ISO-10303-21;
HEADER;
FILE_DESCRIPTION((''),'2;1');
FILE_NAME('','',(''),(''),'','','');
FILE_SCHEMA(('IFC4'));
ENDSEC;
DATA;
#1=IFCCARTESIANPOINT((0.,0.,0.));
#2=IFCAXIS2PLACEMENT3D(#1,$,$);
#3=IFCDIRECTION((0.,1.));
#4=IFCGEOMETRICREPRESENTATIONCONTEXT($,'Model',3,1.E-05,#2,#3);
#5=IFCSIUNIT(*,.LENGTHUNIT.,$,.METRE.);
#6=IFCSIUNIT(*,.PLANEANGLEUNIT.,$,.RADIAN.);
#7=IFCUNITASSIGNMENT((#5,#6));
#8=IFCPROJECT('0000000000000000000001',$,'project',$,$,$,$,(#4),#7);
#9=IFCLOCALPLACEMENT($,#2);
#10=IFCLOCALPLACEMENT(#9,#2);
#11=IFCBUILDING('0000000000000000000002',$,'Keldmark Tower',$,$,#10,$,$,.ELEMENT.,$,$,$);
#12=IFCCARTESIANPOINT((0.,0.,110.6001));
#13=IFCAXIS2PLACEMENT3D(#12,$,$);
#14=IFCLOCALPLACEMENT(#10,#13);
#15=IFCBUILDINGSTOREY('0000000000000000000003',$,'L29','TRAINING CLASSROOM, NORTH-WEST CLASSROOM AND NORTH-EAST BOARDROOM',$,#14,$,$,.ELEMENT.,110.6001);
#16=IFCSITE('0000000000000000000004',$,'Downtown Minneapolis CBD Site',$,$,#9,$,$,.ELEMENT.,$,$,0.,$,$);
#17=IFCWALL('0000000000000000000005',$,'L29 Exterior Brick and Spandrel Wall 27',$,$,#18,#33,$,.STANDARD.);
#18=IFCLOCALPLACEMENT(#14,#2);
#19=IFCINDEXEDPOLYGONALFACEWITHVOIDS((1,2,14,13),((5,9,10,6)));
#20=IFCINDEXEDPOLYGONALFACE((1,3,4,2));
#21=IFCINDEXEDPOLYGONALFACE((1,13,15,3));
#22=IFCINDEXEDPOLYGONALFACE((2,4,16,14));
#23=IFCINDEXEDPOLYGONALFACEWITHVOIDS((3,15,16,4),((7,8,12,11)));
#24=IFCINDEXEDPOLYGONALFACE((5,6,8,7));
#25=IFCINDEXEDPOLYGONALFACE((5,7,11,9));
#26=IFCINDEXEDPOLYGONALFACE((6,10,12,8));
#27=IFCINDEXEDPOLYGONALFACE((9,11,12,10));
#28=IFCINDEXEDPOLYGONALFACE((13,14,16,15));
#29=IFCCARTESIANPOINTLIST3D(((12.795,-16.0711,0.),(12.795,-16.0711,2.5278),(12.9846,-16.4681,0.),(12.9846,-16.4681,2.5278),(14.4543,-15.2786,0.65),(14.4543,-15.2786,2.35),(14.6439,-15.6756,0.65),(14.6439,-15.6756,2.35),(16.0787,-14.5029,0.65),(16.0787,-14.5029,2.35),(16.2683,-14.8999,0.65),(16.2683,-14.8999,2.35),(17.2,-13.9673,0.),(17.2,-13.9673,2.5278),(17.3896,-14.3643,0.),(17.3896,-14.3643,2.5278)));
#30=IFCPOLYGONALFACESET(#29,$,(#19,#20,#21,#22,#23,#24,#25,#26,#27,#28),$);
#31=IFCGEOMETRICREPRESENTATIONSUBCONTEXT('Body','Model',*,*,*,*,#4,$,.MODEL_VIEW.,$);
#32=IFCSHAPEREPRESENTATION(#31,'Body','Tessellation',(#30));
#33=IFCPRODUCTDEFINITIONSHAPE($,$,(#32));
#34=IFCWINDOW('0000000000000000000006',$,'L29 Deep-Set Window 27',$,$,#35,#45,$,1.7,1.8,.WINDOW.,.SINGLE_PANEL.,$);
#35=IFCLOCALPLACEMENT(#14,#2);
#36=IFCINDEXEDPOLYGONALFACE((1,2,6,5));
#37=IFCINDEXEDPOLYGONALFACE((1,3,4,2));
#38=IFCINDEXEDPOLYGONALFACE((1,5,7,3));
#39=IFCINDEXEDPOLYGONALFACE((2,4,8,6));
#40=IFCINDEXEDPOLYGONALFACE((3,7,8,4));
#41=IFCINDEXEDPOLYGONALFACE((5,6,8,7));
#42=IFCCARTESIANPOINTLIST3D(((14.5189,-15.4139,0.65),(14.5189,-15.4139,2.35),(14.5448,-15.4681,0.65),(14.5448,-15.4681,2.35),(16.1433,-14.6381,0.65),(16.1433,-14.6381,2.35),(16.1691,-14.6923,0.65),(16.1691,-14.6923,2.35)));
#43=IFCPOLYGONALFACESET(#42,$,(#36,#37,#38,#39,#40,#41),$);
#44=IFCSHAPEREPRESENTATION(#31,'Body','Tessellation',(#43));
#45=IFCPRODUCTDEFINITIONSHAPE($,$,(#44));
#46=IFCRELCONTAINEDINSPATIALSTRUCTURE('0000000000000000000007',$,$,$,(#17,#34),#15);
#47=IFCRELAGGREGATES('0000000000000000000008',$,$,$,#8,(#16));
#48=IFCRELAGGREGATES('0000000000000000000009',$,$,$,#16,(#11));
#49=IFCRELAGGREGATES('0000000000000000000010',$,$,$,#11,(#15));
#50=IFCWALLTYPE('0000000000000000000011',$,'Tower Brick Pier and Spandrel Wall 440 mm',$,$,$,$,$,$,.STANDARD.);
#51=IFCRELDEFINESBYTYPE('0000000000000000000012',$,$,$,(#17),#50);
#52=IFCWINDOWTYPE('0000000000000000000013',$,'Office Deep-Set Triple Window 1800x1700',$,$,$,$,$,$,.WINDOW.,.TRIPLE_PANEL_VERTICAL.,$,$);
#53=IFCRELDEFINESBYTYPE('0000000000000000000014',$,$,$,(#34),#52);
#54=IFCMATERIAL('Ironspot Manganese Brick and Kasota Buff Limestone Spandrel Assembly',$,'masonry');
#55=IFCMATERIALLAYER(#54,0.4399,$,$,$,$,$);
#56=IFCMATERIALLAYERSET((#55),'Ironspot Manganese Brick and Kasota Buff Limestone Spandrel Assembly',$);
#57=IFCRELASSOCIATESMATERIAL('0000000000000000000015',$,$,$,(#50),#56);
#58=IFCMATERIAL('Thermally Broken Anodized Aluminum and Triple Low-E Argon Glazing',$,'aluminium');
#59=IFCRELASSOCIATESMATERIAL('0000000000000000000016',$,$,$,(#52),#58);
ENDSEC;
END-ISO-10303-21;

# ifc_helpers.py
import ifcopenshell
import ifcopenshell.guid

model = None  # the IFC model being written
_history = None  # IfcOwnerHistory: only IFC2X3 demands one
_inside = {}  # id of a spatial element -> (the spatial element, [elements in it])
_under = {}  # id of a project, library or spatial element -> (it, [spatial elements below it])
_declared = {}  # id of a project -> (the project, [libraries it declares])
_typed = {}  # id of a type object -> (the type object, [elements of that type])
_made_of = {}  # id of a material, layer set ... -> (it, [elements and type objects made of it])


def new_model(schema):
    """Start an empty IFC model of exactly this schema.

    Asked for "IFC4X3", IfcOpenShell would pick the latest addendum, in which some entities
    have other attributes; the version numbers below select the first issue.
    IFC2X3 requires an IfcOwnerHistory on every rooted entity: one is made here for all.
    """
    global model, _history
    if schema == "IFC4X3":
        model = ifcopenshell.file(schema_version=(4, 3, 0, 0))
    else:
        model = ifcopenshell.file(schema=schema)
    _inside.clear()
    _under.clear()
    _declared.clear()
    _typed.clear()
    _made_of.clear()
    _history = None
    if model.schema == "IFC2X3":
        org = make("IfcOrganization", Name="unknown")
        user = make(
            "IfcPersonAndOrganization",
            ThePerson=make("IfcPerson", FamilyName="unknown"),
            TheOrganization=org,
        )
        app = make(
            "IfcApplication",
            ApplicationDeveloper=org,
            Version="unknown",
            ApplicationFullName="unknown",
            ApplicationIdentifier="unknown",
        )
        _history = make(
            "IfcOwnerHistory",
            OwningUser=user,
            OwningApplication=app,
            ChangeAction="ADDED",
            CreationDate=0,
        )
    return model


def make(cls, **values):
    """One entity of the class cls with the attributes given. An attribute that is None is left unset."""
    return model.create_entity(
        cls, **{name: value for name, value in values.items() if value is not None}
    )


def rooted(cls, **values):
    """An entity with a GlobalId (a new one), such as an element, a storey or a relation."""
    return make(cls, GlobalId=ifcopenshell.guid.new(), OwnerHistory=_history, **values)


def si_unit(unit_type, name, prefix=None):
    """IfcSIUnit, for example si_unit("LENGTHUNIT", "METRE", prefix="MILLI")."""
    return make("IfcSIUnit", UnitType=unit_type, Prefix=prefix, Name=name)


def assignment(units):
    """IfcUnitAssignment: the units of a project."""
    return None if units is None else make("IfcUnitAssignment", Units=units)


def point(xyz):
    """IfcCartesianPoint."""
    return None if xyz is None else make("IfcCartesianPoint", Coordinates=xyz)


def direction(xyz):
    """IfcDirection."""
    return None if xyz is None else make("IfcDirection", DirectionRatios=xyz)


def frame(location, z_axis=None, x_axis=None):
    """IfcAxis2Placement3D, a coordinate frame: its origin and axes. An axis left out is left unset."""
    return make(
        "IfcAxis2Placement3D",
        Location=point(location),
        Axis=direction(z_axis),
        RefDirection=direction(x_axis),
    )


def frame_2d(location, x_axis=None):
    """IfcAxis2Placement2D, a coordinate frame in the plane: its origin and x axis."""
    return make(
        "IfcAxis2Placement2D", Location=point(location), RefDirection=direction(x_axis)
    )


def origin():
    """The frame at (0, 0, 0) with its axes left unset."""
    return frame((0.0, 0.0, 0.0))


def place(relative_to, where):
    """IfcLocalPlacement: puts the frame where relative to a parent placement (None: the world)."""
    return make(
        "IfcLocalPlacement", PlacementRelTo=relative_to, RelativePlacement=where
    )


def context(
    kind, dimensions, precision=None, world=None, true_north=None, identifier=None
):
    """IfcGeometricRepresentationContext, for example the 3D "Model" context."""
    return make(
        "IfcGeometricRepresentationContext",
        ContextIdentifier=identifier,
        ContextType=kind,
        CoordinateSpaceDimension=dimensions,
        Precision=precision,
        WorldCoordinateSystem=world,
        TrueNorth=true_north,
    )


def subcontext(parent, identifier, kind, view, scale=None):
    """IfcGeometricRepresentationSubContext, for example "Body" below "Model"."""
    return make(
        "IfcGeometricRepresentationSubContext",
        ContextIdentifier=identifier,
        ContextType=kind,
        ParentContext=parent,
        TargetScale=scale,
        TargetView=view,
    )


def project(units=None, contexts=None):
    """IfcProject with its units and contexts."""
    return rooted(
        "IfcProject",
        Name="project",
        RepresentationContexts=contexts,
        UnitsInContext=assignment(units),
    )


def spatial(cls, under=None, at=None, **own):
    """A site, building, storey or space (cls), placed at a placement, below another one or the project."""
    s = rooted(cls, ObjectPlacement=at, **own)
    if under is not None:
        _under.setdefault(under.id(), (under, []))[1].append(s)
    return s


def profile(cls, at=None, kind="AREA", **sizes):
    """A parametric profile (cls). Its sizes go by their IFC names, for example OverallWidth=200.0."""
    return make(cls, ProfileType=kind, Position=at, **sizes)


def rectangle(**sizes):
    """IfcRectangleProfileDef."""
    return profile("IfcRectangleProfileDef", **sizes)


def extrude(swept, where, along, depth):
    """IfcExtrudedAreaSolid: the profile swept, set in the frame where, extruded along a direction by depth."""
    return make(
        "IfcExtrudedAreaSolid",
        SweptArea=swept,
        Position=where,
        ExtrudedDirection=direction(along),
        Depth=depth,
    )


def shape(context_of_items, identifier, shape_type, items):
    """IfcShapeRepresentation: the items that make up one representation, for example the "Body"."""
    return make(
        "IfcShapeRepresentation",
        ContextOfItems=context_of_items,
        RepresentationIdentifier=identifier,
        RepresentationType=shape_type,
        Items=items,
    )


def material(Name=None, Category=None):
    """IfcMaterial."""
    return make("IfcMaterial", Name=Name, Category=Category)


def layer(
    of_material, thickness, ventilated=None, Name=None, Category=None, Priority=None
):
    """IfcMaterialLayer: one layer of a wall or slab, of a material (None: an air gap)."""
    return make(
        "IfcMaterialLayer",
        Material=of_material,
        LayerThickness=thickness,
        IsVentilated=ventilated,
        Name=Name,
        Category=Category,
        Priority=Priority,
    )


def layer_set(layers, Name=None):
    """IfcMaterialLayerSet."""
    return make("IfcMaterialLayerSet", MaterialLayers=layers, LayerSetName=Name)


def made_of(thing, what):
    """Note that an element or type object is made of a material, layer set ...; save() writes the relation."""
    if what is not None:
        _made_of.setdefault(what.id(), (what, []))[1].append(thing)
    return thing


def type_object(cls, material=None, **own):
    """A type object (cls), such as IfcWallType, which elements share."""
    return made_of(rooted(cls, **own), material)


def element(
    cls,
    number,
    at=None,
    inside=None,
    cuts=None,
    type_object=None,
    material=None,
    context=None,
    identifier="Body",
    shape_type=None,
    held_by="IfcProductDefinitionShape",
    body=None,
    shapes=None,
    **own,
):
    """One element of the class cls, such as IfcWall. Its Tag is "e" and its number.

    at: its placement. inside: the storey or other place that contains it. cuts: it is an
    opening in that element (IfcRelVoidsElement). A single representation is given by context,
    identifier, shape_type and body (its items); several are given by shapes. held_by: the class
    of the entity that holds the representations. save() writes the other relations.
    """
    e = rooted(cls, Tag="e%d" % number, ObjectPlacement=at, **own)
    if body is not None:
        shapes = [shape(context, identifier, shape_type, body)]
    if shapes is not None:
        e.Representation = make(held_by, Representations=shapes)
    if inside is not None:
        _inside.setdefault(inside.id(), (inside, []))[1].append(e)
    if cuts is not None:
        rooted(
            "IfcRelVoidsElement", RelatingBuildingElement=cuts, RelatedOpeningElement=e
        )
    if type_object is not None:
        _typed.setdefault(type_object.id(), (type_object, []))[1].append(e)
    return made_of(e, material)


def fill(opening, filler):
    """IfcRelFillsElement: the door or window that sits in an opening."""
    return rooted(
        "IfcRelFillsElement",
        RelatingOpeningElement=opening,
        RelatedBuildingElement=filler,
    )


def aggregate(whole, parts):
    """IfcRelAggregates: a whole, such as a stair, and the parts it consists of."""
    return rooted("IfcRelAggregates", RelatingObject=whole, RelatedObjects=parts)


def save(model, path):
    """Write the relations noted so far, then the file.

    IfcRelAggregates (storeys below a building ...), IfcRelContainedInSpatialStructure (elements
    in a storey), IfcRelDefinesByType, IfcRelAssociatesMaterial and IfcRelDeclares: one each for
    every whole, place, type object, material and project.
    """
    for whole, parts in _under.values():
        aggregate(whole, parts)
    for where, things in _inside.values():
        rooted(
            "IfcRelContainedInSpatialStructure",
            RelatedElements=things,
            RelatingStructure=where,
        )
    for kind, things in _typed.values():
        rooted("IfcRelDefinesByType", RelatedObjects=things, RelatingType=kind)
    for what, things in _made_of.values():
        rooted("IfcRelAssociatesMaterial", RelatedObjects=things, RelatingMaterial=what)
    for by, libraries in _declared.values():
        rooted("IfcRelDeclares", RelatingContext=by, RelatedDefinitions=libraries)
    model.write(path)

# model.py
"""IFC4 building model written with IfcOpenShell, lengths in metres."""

from ifc_helpers import new_model, si_unit, direction, frame, frame_2d, origin, place, context, subcontext, project, spatial, rectangle, extrude, material, layer, layer_set, type_object, element, fill, save


model = new_model("IFC4")

# Units and contexts
model_context = context("Model", 3, precision=1e-05, world=origin(), true_north=direction((0.0, 1.0)))
body_context = subcontext(model_context, "Body", "Model", "MODEL_VIEW")
ifc_project = project(units=[si_unit("LENGTHUNIT", "METRE"), si_unit("PLANEANGLEUNIT", "RADIAN")], contexts=[model_context])

# Site, building, storey
site_placement = place(None, origin())
site = spatial("IfcSite", under=ifc_project, at=site_placement, Name="Downtown Minneapolis CBD Site", CompositionType="ELEMENT", RefElevation=0.0)
building_placement = place(site_placement, origin())
building = spatial("IfcBuilding", under=site, at=building_placement, Name="Keldmark Tower", CompositionType="ELEMENT")
storey_placement = place(building_placement, frame((0.0, 0.0, 110.6001)))
storey = spatial("IfcBuildingStorey", under=building, at=storey_placement, Name="L29", Description="TRAINING CLASSROOM, NORTH-WEST CLASSROOM AND NORTH-EAST BOARDROOM", CompositionType="ELEMENT", Elevation=110.6001)

# Wall, opening, window
ifc_material_1 = material(Name="Ironspot Manganese Brick and Kasota Buff Limestone Spandrel Assembly", Category="masonry")
ifc_layer_1 = layer(ifc_material_1, 0.4399)
ifc_layer_set_1 = layer_set([ifc_layer_1], Name="Ironspot Manganese Brick and Kasota Buff Limestone Spandrel Assembly")
wall_type_1 = type_object("IfcWallType", Name="Tower Brick Pier and Spandrel Wall 440 mm", PredefinedType="STANDARD", material=ifc_layer_set_1)
wall_1_placement = place(storey_placement, frame((17.2949, -14.1658, 0.0), z_axis=(0.0, 0.0, 1.0), x_axis=(-0.902373, -0.430956, 0.0)))
wall_1 = element("IfcWall", 1, at=wall_1_placement, inside=storey, type_object=wall_type_1, Name="L29 Exterior Brick and Spandrel Wall 27", PredefinedType="STANDARD", context=body_context, shape_type="SweptSolid", body=[
    extrude(rectangle(XDim=4.8816, YDim=0.4399, at=frame_2d((2.4409, 0.0))), origin(), (0.0, 0.0, 1.0), 2.5278),
])
opening_1_placement = place(wall_1_placement, frame((1.2429, 0.0, 0.6499)))
opening_1 = element("IfcOpeningElement", 2, at=opening_1_placement, cuts=wall_1, PredefinedType="OPENING", context=body_context, shape_type="SweptSolid", body=[
    extrude(rectangle(XDim=1.8, YDim=1.7, at=frame_2d((0.8999, 0.8501))), frame((0.0, 0.23, 0.0), z_axis=(0.0, -1.0, 0.0), x_axis=(1.0, 0.0, 0.0)), (0.0, 0.0, 1.0), 0.46),
])
ifc_material_2 = material(Name="Thermally Broken Anodized Aluminum and Triple Low-E Argon Glazing", Category="aluminium")
window_type = type_object("IfcWindowType", Name="Office Deep-Set Triple Window 1800x1700", PartitioningType="TRIPLE_PANEL_VERTICAL", PredefinedType="WINDOW", material=ifc_material_2)
window_placement = place(opening_1_placement, origin())
window = element("IfcWindow", 3, at=window_placement, inside=storey, type_object=window_type, Name="L29 Deep-Set Window 27", OverallHeight=1.7, OverallWidth=1.8, PartitioningType="SINGLE_PANEL", PredefinedType="WINDOW", context=body_context, shape_type="SweptSolid", body=[
    extrude(rectangle(XDim=1.8, YDim=1.7, at=frame_2d((0.8999, 0.8501))), frame((0.0, -0.01, 0.0), z_axis=(0.0, -1.0, 0.0), x_axis=(1.0, 0.0, 0.0)), (0.0, 0.0, 1.0), 0.0601),
])
fill(opening_1, window)

save(model, "model.ifc")
